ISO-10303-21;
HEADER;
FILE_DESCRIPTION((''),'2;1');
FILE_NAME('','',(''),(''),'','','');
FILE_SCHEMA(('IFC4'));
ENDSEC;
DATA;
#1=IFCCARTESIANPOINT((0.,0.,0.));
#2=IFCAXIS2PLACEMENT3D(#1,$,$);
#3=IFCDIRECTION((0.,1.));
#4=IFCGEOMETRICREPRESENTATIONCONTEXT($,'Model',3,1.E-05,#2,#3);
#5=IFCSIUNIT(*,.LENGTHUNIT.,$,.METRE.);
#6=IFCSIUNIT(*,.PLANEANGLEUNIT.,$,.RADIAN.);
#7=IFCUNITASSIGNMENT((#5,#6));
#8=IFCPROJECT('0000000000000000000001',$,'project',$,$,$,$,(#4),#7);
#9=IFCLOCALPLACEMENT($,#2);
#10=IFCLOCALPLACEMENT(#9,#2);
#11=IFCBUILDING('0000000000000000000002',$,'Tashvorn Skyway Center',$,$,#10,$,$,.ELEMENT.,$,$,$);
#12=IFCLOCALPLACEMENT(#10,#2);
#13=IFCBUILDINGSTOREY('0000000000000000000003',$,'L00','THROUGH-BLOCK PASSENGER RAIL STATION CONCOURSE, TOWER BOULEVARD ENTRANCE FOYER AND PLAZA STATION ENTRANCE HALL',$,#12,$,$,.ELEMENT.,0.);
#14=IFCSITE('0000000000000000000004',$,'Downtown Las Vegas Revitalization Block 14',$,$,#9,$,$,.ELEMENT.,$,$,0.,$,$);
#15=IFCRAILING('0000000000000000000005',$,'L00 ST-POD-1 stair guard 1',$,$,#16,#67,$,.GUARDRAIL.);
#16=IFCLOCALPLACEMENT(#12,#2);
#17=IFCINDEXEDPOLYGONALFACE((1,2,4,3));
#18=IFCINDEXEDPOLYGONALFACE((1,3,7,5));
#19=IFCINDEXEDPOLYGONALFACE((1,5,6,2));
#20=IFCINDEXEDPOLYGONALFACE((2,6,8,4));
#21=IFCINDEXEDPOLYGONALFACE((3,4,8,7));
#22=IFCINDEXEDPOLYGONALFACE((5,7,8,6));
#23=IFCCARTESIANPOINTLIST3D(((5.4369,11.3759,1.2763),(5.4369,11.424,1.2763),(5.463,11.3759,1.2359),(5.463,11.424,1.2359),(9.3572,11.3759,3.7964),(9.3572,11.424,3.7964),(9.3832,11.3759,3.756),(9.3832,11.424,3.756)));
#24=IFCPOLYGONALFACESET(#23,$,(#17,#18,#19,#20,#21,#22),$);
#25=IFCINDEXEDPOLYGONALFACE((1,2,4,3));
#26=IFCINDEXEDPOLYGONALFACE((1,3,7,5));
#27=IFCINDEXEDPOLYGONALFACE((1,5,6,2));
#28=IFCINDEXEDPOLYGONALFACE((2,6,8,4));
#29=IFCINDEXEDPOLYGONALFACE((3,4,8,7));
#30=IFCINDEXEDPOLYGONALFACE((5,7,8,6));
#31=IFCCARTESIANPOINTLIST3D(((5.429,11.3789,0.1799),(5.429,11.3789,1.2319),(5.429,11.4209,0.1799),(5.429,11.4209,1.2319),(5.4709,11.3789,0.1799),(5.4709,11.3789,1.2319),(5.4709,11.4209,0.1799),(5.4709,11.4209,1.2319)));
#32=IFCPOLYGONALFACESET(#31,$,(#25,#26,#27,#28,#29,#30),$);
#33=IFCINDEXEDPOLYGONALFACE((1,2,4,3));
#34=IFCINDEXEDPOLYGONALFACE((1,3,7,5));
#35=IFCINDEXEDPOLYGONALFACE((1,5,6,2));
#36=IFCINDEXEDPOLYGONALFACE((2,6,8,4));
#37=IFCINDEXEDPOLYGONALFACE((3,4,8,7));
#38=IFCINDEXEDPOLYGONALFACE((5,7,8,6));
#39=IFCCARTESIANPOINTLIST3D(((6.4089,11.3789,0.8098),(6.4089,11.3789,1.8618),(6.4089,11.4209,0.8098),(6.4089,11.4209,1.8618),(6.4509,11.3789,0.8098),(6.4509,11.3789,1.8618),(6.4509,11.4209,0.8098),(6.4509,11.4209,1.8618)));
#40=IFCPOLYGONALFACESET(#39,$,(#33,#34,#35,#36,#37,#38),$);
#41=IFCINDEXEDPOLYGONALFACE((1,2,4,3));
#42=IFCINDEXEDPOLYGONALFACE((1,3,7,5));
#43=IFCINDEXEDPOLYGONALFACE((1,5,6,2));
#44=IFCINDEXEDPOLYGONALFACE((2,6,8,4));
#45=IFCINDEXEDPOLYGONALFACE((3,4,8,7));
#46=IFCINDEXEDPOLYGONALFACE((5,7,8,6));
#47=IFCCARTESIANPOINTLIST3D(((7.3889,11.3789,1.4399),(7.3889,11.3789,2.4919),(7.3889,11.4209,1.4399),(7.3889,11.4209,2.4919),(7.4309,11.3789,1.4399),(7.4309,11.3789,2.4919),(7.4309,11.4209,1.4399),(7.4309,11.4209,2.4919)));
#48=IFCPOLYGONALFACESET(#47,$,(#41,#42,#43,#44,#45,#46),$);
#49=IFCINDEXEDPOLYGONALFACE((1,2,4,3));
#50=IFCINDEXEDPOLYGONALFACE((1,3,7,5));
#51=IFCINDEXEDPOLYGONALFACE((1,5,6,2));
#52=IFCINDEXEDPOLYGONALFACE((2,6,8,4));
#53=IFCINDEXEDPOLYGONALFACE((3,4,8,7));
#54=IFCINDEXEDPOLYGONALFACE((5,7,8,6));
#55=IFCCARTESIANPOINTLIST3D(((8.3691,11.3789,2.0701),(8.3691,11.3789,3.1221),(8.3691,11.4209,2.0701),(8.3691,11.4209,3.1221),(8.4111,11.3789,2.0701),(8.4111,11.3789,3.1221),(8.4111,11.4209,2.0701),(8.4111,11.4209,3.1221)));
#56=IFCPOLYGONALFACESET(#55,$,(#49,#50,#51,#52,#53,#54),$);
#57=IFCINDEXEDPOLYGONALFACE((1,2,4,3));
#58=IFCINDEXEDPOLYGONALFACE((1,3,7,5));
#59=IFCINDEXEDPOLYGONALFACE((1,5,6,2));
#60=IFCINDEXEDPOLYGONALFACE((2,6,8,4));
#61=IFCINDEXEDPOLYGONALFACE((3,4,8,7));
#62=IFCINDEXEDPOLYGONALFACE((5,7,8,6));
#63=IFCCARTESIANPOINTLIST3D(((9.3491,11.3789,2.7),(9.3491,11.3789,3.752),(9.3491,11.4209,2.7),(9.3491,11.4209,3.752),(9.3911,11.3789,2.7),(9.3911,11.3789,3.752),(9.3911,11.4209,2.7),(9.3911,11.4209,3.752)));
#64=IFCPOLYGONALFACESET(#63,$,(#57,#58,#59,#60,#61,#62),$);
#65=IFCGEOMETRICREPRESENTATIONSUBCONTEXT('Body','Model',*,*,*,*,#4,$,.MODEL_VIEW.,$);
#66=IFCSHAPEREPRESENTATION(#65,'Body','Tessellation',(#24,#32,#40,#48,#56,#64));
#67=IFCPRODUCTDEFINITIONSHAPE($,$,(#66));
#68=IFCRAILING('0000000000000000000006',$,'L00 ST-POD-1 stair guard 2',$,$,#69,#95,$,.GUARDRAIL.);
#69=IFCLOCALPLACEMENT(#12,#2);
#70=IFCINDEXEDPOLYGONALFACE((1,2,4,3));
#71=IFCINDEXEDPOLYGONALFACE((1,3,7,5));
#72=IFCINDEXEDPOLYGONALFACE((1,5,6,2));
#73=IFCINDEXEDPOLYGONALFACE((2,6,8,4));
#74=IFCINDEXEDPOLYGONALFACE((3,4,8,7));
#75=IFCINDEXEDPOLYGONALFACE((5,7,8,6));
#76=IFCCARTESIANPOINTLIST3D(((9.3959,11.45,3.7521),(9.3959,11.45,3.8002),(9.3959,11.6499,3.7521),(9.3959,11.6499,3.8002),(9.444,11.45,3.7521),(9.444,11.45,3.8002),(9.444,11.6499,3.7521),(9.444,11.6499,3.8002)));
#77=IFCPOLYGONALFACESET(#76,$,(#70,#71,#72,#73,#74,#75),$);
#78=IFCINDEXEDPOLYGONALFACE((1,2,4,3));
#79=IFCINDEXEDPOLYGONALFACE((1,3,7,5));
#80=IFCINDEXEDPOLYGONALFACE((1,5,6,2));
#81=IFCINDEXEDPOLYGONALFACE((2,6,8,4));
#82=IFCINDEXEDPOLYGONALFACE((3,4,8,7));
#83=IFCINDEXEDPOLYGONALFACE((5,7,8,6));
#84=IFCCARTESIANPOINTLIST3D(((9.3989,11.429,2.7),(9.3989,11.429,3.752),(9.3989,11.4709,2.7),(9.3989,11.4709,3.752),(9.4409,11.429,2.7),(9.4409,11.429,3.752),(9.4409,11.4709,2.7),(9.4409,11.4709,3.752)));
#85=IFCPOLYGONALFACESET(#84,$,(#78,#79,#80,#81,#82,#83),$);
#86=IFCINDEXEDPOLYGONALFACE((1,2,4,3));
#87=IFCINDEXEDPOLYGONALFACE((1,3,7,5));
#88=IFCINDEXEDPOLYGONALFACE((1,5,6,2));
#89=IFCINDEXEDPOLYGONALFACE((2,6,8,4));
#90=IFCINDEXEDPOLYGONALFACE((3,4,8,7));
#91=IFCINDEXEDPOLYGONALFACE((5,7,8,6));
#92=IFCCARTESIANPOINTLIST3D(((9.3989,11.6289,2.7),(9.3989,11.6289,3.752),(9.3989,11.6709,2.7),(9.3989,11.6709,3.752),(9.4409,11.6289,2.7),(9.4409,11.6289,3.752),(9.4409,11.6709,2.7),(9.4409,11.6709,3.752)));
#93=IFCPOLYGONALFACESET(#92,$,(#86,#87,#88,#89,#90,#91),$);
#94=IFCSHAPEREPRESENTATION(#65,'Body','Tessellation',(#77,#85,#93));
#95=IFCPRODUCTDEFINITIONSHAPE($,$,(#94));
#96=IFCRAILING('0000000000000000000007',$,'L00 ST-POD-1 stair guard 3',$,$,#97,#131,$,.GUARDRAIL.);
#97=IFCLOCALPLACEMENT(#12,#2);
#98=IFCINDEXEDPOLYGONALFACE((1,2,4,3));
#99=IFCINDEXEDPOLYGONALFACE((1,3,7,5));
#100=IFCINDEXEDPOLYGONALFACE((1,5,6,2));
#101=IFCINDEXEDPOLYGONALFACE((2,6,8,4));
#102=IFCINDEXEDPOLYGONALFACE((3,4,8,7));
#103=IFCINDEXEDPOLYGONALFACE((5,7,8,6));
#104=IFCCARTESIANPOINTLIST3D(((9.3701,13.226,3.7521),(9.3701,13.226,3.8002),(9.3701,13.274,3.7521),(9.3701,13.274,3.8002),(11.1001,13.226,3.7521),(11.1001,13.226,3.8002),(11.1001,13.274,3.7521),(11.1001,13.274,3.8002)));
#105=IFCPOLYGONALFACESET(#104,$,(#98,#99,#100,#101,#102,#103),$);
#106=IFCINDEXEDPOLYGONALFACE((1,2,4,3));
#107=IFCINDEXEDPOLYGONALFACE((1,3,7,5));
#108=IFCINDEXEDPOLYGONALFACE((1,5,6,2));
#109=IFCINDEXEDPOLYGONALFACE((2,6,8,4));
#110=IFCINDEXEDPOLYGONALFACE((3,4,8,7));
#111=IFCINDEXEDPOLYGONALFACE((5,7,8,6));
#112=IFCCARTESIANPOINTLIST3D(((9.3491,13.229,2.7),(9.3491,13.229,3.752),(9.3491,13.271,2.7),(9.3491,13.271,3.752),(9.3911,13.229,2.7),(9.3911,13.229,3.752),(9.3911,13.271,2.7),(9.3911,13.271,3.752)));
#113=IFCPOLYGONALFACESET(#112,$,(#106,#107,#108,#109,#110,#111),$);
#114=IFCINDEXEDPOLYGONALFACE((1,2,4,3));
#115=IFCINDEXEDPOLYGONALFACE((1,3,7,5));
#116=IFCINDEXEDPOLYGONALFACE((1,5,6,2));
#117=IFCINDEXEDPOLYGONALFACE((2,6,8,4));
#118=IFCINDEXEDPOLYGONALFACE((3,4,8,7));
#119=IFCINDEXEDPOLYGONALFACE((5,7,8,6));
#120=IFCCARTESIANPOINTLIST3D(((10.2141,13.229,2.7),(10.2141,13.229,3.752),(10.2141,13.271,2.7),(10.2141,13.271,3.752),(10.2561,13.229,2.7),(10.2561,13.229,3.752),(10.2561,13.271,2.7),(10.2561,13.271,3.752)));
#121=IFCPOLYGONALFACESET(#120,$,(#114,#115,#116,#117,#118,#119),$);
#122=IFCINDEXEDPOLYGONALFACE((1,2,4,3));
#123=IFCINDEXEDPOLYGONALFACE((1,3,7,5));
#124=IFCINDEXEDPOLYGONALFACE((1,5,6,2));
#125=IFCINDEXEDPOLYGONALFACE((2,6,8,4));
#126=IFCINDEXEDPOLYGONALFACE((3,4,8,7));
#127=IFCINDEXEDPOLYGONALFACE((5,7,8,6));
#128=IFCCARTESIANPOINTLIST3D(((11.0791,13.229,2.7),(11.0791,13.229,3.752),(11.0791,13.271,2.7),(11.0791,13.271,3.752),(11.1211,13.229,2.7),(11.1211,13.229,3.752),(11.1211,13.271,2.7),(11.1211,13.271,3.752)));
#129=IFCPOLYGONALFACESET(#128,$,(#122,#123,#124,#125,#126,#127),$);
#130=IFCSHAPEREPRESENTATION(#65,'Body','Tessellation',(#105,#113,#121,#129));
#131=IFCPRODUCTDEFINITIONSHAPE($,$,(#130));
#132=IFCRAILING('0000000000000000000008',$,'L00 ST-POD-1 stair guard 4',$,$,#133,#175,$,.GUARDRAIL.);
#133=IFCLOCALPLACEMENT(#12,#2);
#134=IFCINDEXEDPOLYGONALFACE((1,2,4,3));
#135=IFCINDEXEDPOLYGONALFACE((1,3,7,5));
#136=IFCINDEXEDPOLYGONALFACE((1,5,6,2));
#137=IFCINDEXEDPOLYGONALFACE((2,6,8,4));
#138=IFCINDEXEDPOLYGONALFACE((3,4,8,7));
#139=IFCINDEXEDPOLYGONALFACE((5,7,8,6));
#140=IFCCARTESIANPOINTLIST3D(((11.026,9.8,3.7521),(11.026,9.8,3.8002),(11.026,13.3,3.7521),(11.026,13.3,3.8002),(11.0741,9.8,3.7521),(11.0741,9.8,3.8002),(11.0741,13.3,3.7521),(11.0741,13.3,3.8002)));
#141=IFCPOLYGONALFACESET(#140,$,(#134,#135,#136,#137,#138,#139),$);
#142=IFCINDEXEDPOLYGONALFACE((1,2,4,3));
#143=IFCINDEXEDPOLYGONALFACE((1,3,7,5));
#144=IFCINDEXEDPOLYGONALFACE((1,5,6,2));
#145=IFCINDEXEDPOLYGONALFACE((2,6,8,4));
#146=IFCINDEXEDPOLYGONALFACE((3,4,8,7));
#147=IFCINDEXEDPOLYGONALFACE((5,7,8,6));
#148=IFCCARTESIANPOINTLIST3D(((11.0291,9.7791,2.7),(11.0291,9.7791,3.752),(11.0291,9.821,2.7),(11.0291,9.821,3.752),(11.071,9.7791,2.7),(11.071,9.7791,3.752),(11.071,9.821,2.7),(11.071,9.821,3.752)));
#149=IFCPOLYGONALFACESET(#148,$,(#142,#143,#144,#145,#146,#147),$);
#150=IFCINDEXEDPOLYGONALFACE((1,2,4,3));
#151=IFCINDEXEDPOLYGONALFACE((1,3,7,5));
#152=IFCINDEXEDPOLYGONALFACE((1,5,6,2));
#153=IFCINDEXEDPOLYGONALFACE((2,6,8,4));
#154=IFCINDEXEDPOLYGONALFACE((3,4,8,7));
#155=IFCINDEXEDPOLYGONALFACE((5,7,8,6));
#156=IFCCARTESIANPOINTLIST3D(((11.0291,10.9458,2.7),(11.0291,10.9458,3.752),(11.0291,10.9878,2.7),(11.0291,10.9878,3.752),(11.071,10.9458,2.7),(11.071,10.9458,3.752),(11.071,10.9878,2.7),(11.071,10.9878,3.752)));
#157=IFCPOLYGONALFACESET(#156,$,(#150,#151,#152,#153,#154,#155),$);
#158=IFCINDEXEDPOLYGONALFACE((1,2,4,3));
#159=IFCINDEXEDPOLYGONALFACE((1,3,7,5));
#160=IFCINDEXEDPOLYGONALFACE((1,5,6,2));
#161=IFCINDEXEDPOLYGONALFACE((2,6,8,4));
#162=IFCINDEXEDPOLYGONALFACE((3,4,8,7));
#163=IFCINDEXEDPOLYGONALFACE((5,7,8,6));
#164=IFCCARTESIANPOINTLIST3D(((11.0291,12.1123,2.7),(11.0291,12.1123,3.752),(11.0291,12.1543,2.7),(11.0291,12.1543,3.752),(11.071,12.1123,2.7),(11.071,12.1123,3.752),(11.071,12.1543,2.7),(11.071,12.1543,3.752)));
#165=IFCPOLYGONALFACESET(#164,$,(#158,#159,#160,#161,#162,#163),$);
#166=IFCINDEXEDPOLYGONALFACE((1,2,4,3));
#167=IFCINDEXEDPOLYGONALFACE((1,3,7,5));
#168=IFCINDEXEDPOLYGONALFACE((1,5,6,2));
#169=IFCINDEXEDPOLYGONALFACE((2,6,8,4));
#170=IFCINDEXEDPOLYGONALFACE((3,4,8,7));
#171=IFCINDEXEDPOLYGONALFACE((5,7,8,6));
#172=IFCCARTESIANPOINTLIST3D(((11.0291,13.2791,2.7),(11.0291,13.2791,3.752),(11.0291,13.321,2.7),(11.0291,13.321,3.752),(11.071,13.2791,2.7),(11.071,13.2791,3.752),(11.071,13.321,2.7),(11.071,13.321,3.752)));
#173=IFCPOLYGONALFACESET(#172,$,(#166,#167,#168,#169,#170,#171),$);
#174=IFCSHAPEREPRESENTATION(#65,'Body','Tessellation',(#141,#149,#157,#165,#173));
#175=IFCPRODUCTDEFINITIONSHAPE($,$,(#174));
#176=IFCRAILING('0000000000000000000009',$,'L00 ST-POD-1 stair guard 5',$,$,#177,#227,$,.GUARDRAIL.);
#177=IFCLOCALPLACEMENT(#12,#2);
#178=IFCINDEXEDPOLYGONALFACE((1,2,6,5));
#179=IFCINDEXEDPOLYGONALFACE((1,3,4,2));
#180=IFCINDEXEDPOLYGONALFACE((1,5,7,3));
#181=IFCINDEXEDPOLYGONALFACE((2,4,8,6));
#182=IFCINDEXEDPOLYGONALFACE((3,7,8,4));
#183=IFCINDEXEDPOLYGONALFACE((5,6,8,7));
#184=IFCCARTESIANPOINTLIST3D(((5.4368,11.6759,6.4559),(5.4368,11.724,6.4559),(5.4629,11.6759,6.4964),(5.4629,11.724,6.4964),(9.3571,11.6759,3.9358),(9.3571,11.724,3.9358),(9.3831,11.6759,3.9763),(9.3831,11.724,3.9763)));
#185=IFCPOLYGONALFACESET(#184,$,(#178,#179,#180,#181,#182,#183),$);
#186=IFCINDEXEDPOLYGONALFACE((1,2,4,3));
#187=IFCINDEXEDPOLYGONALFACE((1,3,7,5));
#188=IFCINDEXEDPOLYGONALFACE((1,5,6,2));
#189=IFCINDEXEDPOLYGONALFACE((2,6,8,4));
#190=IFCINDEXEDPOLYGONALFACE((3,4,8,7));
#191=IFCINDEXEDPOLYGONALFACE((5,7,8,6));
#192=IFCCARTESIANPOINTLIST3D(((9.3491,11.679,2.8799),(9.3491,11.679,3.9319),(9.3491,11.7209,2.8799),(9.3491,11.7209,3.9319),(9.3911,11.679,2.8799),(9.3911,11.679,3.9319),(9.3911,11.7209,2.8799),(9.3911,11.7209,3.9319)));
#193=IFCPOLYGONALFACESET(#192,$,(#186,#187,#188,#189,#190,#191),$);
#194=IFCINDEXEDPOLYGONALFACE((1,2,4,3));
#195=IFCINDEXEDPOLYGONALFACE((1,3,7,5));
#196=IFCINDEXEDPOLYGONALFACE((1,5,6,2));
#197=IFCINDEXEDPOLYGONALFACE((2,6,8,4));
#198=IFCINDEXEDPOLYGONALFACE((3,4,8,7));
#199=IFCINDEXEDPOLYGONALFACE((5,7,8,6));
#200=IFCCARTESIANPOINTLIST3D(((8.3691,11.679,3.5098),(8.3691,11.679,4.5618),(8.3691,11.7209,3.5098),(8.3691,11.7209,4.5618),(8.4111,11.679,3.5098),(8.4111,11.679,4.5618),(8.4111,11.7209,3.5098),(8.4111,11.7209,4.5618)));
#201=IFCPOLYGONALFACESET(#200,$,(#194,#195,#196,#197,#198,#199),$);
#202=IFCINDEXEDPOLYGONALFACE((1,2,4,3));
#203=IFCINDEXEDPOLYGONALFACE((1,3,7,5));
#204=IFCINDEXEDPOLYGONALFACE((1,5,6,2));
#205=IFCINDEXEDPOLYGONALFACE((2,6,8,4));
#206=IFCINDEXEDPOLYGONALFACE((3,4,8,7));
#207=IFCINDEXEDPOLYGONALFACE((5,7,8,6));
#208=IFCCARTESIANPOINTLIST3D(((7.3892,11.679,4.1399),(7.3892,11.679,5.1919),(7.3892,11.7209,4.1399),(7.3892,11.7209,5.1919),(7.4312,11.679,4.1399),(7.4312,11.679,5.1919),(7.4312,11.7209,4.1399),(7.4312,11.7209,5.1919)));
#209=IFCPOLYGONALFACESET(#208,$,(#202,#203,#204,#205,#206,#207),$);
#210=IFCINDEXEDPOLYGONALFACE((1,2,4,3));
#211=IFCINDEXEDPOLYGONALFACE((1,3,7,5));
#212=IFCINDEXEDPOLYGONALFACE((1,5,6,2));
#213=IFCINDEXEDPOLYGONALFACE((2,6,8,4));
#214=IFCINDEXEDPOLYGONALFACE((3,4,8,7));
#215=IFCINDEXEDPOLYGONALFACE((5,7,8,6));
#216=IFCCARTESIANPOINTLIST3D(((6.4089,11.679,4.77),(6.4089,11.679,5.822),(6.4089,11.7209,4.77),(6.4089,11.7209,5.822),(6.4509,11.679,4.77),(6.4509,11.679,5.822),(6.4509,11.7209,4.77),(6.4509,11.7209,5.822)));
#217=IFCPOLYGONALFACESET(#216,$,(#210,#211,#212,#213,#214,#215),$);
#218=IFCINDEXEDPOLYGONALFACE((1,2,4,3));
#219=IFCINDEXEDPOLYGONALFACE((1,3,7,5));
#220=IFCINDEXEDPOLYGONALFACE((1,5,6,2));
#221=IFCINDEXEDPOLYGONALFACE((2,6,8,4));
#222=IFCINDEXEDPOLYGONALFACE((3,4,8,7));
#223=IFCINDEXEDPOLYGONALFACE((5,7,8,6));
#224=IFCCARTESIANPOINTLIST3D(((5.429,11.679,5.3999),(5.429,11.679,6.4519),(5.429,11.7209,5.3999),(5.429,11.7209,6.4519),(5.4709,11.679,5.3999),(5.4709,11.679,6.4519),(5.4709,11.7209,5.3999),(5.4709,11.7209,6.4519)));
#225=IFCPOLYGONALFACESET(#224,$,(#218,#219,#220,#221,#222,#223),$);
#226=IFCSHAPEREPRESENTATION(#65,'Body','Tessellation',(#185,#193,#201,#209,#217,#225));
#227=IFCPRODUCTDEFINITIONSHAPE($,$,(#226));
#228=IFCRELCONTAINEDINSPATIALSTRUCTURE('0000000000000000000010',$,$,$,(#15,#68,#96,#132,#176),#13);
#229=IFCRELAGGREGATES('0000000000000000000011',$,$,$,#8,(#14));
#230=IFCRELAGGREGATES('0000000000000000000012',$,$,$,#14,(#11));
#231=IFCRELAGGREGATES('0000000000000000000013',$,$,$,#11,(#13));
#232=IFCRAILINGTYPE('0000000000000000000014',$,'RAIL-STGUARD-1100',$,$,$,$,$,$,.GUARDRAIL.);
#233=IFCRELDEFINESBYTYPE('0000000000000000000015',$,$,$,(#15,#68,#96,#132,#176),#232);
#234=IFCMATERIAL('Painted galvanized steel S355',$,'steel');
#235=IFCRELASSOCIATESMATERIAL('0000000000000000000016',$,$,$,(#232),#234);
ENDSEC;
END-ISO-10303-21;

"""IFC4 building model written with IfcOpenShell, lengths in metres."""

from ifc_helpers import new_model, si_unit, direction, frame, origin, origin_2d, place, context, subcontext, project, spatial, rectangle, extrude, material, type_object, element, save


model = new_model("IFC4")

# Units and contexts
model_context = context("Model", 3, precision=1e-05, world=origin(), true_north=direction((0.0, 1.0)))
body_context = subcontext(model_context, "Body", "Model", "MODEL_VIEW")
ifc_project = project(units=[si_unit("LENGTHUNIT", "METRE"), si_unit("PLANEANGLEUNIT", "RADIAN")], contexts=[model_context])

# Site, building, storey
site_placement = place(None, origin())
site = spatial("IfcSite", under=ifc_project, at=site_placement, Name="Downtown Las Vegas Revitalization Block 14", CompositionType="ELEMENT", RefElevation=0.0)
building_placement = place(site_placement, origin())
building = spatial("IfcBuilding", under=site, at=building_placement, Name="Tashvorn Skyway Center", CompositionType="ELEMENT")
storey_placement = place(building_placement, origin())
storey = spatial("IfcBuildingStorey", under=building, at=storey_placement, Name="L00", Description="THROUGH-BLOCK PASSENGER RAIL STATION CONCOURSE, TOWER BOULEVARD ENTRANCE FOYER AND PLAZA STATION ENTRANCE HALL", CompositionType="ELEMENT", Elevation=0.0)

# Railings
ifc_material_1 = material(Name="Painted galvanized steel S355", Category="steel")
railing_type_1 = type_object("IfcRailingType", Name="RAIL-STGUARD-1100", PredefinedType="GUARDRAIL", material=ifc_material_1)
railing_1_placement = place(storey_placement, frame((5.45, 11.3999, 0.1799)))
element("IfcRailing", 1, at=railing_1_placement, inside=storey, type_object=railing_type_1, Name="L00 ST-POD-1 stair guard 1", PredefinedType="GUARDRAIL", context=body_context, shape_type="SweptSolid", body=[
    extrude(rectangle(XDim=0.0481, YDim=0.0481, at=origin_2d()), frame((0.0, 0.0, 1.0762), z_axis=(0.841187, 0.0, 0.540744), x_axis=(0.0, 1.0, 0.0)), (0.0, 0.0, 1.0), 4.6604),
    extrude(rectangle(XDim=0.042, YDim=0.042, at=origin_2d()), origin(), (0.0, 0.0, 1.0), 1.052),
    extrude(rectangle(XDim=0.042, YDim=0.042, at=origin_2d()), frame((0.98, 0.0, 0.6299)), (0.0, 0.0, 1.0), 1.052),
    extrude(rectangle(XDim=0.042, YDim=0.042, at=origin_2d()), frame((1.96, 0.0, 1.26)), (0.0, 0.0, 1.0), 1.052),
    extrude(rectangle(XDim=0.042, YDim=0.042, at=origin_2d()), frame((2.9402, 0.0, 1.8901)), (0.0, 0.0, 1.0), 1.052),
    extrude(rectangle(XDim=0.042, YDim=0.042, at=origin_2d()), frame((3.9202, 0.0, 2.52)), (0.0, 0.0, 1.0), 1.052),
])
railing_2_placement = place(storey_placement, frame((9.4199, 11.45, 2.7)))
element("IfcRailing", 2, at=railing_2_placement, inside=storey, type_object=railing_type_1, Name="L00 ST-POD-1 stair guard 2", PredefinedType="GUARDRAIL", context=body_context, shape_type="SweptSolid", body=[
    extrude(rectangle(XDim=0.0481, YDim=0.0481, at=origin_2d()), frame((0.0, 0.0, 1.0762), z_axis=(0.0, 1.0, 0.0), x_axis=(-1.0, 0.0, 0.0)), (0.0, 0.0, 1.0), 0.2),
    extrude(rectangle(XDim=0.042, YDim=0.042, at=origin_2d()), origin(), (0.0, 0.0, 1.0), 1.052),
    extrude(rectangle(XDim=0.042, YDim=0.042, at=origin_2d()), frame((0.0, 0.2, 0.0)), (0.0, 0.0, 1.0), 1.052),
])
railing_3_placement = place(storey_placement, frame((9.3701, 13.25, 2.7)))
element("IfcRailing", 3, at=railing_3_placement, inside=storey, type_object=railing_type_1, Name="L00 ST-POD-1 stair guard 3", PredefinedType="GUARDRAIL", context=body_context, shape_type="SweptSolid", body=[
    extrude(rectangle(XDim=0.0481, YDim=0.0481, at=origin_2d()), frame((0.0, 0.0, 1.0762), z_axis=(1.0, 0.0, 0.0), x_axis=(0.0, 1.0, 0.0)), (0.0, 0.0, 1.0), 1.73),
    extrude(rectangle(XDim=0.042, YDim=0.042, at=origin_2d()), origin(), (0.0, 0.0, 1.0), 1.052),
    extrude(rectangle(XDim=0.042, YDim=0.042, at=origin_2d()), frame((0.865, 0.0, 0.0)), (0.0, 0.0, 1.0), 1.052),
    extrude(rectangle(XDim=0.042, YDim=0.042, at=origin_2d()), frame((1.73, 0.0, 0.0)), (0.0, 0.0, 1.0), 1.052),
])
railing_4_placement = place(storey_placement, frame((11.05, 9.8, 2.7)))
element("IfcRailing", 4, at=railing_4_placement, inside=storey, type_object=railing_type_1, Name="L00 ST-POD-1 stair guard 4", PredefinedType="GUARDRAIL", context=body_context, shape_type="SweptSolid", body=[
    extrude(rectangle(XDim=0.0481, YDim=0.0481, at=origin_2d()), frame((0.0, 0.0, 1.0762), z_axis=(0.0, 1.0, 0.0), x_axis=(-1.0, 0.0, 0.0)), (0.0, 0.0, 1.0), 3.5),
    extrude(rectangle(XDim=0.042, YDim=0.042, at=origin_2d()), origin(), (0.0, 0.0, 1.0), 1.052),
    extrude(rectangle(XDim=0.042, YDim=0.042, at=origin_2d()), frame((0.0, 1.1667, 0.0)), (0.0, 0.0, 1.0), 1.052),
    extrude(rectangle(XDim=0.042, YDim=0.042, at=origin_2d()), frame((0.0, 2.3333, 0.0)), (0.0, 0.0, 1.0), 1.052),
    extrude(rectangle(XDim=0.042, YDim=0.042, at=origin_2d()), frame((0.0, 3.5, 0.0)), (0.0, 0.0, 1.0), 1.052),
])
railing_5_placement = place(storey_placement, frame((9.3701, 11.7, 2.8799)))
element("IfcRailing", 5, at=railing_5_placement, inside=storey, type_object=railing_type_1, Name="L00 ST-POD-1 stair guard 5", PredefinedType="GUARDRAIL", context=body_context, shape_type="SweptSolid", body=[
    extrude(rectangle(XDim=0.0481, YDim=0.0481, at=origin_2d()), frame((0.0, 0.0, 1.0762), z_axis=(-0.841187, 0.0, 0.540744), x_axis=(0.0, -1.0, 0.0)), (0.0, 0.0, 1.0), 4.6604),
    extrude(rectangle(XDim=0.042, YDim=0.042, at=origin_2d()), origin(), (0.0, 0.0, 1.0), 1.052),
    extrude(rectangle(XDim=0.042, YDim=0.042, at=origin_2d()), frame((-0.98, 0.0, 0.6299)), (0.0, 0.0, 1.0), 1.052),
    extrude(rectangle(XDim=0.042, YDim=0.042, at=origin_2d()), frame((-1.96, 0.0, 1.26)), (0.0, 0.0, 1.0), 1.052),
    extrude(rectangle(XDim=0.042, YDim=0.042, at=origin_2d()), frame((-2.9402, 0.0, 1.8901)), (0.0, 0.0, 1.0), 1.052),
    extrude(rectangle(XDim=0.042, YDim=0.042, at=origin_2d()), frame((-3.9202, 0.0, 2.52)), (0.0, 0.0, 1.0), 1.052),
])

save(model, "model.ifc")
